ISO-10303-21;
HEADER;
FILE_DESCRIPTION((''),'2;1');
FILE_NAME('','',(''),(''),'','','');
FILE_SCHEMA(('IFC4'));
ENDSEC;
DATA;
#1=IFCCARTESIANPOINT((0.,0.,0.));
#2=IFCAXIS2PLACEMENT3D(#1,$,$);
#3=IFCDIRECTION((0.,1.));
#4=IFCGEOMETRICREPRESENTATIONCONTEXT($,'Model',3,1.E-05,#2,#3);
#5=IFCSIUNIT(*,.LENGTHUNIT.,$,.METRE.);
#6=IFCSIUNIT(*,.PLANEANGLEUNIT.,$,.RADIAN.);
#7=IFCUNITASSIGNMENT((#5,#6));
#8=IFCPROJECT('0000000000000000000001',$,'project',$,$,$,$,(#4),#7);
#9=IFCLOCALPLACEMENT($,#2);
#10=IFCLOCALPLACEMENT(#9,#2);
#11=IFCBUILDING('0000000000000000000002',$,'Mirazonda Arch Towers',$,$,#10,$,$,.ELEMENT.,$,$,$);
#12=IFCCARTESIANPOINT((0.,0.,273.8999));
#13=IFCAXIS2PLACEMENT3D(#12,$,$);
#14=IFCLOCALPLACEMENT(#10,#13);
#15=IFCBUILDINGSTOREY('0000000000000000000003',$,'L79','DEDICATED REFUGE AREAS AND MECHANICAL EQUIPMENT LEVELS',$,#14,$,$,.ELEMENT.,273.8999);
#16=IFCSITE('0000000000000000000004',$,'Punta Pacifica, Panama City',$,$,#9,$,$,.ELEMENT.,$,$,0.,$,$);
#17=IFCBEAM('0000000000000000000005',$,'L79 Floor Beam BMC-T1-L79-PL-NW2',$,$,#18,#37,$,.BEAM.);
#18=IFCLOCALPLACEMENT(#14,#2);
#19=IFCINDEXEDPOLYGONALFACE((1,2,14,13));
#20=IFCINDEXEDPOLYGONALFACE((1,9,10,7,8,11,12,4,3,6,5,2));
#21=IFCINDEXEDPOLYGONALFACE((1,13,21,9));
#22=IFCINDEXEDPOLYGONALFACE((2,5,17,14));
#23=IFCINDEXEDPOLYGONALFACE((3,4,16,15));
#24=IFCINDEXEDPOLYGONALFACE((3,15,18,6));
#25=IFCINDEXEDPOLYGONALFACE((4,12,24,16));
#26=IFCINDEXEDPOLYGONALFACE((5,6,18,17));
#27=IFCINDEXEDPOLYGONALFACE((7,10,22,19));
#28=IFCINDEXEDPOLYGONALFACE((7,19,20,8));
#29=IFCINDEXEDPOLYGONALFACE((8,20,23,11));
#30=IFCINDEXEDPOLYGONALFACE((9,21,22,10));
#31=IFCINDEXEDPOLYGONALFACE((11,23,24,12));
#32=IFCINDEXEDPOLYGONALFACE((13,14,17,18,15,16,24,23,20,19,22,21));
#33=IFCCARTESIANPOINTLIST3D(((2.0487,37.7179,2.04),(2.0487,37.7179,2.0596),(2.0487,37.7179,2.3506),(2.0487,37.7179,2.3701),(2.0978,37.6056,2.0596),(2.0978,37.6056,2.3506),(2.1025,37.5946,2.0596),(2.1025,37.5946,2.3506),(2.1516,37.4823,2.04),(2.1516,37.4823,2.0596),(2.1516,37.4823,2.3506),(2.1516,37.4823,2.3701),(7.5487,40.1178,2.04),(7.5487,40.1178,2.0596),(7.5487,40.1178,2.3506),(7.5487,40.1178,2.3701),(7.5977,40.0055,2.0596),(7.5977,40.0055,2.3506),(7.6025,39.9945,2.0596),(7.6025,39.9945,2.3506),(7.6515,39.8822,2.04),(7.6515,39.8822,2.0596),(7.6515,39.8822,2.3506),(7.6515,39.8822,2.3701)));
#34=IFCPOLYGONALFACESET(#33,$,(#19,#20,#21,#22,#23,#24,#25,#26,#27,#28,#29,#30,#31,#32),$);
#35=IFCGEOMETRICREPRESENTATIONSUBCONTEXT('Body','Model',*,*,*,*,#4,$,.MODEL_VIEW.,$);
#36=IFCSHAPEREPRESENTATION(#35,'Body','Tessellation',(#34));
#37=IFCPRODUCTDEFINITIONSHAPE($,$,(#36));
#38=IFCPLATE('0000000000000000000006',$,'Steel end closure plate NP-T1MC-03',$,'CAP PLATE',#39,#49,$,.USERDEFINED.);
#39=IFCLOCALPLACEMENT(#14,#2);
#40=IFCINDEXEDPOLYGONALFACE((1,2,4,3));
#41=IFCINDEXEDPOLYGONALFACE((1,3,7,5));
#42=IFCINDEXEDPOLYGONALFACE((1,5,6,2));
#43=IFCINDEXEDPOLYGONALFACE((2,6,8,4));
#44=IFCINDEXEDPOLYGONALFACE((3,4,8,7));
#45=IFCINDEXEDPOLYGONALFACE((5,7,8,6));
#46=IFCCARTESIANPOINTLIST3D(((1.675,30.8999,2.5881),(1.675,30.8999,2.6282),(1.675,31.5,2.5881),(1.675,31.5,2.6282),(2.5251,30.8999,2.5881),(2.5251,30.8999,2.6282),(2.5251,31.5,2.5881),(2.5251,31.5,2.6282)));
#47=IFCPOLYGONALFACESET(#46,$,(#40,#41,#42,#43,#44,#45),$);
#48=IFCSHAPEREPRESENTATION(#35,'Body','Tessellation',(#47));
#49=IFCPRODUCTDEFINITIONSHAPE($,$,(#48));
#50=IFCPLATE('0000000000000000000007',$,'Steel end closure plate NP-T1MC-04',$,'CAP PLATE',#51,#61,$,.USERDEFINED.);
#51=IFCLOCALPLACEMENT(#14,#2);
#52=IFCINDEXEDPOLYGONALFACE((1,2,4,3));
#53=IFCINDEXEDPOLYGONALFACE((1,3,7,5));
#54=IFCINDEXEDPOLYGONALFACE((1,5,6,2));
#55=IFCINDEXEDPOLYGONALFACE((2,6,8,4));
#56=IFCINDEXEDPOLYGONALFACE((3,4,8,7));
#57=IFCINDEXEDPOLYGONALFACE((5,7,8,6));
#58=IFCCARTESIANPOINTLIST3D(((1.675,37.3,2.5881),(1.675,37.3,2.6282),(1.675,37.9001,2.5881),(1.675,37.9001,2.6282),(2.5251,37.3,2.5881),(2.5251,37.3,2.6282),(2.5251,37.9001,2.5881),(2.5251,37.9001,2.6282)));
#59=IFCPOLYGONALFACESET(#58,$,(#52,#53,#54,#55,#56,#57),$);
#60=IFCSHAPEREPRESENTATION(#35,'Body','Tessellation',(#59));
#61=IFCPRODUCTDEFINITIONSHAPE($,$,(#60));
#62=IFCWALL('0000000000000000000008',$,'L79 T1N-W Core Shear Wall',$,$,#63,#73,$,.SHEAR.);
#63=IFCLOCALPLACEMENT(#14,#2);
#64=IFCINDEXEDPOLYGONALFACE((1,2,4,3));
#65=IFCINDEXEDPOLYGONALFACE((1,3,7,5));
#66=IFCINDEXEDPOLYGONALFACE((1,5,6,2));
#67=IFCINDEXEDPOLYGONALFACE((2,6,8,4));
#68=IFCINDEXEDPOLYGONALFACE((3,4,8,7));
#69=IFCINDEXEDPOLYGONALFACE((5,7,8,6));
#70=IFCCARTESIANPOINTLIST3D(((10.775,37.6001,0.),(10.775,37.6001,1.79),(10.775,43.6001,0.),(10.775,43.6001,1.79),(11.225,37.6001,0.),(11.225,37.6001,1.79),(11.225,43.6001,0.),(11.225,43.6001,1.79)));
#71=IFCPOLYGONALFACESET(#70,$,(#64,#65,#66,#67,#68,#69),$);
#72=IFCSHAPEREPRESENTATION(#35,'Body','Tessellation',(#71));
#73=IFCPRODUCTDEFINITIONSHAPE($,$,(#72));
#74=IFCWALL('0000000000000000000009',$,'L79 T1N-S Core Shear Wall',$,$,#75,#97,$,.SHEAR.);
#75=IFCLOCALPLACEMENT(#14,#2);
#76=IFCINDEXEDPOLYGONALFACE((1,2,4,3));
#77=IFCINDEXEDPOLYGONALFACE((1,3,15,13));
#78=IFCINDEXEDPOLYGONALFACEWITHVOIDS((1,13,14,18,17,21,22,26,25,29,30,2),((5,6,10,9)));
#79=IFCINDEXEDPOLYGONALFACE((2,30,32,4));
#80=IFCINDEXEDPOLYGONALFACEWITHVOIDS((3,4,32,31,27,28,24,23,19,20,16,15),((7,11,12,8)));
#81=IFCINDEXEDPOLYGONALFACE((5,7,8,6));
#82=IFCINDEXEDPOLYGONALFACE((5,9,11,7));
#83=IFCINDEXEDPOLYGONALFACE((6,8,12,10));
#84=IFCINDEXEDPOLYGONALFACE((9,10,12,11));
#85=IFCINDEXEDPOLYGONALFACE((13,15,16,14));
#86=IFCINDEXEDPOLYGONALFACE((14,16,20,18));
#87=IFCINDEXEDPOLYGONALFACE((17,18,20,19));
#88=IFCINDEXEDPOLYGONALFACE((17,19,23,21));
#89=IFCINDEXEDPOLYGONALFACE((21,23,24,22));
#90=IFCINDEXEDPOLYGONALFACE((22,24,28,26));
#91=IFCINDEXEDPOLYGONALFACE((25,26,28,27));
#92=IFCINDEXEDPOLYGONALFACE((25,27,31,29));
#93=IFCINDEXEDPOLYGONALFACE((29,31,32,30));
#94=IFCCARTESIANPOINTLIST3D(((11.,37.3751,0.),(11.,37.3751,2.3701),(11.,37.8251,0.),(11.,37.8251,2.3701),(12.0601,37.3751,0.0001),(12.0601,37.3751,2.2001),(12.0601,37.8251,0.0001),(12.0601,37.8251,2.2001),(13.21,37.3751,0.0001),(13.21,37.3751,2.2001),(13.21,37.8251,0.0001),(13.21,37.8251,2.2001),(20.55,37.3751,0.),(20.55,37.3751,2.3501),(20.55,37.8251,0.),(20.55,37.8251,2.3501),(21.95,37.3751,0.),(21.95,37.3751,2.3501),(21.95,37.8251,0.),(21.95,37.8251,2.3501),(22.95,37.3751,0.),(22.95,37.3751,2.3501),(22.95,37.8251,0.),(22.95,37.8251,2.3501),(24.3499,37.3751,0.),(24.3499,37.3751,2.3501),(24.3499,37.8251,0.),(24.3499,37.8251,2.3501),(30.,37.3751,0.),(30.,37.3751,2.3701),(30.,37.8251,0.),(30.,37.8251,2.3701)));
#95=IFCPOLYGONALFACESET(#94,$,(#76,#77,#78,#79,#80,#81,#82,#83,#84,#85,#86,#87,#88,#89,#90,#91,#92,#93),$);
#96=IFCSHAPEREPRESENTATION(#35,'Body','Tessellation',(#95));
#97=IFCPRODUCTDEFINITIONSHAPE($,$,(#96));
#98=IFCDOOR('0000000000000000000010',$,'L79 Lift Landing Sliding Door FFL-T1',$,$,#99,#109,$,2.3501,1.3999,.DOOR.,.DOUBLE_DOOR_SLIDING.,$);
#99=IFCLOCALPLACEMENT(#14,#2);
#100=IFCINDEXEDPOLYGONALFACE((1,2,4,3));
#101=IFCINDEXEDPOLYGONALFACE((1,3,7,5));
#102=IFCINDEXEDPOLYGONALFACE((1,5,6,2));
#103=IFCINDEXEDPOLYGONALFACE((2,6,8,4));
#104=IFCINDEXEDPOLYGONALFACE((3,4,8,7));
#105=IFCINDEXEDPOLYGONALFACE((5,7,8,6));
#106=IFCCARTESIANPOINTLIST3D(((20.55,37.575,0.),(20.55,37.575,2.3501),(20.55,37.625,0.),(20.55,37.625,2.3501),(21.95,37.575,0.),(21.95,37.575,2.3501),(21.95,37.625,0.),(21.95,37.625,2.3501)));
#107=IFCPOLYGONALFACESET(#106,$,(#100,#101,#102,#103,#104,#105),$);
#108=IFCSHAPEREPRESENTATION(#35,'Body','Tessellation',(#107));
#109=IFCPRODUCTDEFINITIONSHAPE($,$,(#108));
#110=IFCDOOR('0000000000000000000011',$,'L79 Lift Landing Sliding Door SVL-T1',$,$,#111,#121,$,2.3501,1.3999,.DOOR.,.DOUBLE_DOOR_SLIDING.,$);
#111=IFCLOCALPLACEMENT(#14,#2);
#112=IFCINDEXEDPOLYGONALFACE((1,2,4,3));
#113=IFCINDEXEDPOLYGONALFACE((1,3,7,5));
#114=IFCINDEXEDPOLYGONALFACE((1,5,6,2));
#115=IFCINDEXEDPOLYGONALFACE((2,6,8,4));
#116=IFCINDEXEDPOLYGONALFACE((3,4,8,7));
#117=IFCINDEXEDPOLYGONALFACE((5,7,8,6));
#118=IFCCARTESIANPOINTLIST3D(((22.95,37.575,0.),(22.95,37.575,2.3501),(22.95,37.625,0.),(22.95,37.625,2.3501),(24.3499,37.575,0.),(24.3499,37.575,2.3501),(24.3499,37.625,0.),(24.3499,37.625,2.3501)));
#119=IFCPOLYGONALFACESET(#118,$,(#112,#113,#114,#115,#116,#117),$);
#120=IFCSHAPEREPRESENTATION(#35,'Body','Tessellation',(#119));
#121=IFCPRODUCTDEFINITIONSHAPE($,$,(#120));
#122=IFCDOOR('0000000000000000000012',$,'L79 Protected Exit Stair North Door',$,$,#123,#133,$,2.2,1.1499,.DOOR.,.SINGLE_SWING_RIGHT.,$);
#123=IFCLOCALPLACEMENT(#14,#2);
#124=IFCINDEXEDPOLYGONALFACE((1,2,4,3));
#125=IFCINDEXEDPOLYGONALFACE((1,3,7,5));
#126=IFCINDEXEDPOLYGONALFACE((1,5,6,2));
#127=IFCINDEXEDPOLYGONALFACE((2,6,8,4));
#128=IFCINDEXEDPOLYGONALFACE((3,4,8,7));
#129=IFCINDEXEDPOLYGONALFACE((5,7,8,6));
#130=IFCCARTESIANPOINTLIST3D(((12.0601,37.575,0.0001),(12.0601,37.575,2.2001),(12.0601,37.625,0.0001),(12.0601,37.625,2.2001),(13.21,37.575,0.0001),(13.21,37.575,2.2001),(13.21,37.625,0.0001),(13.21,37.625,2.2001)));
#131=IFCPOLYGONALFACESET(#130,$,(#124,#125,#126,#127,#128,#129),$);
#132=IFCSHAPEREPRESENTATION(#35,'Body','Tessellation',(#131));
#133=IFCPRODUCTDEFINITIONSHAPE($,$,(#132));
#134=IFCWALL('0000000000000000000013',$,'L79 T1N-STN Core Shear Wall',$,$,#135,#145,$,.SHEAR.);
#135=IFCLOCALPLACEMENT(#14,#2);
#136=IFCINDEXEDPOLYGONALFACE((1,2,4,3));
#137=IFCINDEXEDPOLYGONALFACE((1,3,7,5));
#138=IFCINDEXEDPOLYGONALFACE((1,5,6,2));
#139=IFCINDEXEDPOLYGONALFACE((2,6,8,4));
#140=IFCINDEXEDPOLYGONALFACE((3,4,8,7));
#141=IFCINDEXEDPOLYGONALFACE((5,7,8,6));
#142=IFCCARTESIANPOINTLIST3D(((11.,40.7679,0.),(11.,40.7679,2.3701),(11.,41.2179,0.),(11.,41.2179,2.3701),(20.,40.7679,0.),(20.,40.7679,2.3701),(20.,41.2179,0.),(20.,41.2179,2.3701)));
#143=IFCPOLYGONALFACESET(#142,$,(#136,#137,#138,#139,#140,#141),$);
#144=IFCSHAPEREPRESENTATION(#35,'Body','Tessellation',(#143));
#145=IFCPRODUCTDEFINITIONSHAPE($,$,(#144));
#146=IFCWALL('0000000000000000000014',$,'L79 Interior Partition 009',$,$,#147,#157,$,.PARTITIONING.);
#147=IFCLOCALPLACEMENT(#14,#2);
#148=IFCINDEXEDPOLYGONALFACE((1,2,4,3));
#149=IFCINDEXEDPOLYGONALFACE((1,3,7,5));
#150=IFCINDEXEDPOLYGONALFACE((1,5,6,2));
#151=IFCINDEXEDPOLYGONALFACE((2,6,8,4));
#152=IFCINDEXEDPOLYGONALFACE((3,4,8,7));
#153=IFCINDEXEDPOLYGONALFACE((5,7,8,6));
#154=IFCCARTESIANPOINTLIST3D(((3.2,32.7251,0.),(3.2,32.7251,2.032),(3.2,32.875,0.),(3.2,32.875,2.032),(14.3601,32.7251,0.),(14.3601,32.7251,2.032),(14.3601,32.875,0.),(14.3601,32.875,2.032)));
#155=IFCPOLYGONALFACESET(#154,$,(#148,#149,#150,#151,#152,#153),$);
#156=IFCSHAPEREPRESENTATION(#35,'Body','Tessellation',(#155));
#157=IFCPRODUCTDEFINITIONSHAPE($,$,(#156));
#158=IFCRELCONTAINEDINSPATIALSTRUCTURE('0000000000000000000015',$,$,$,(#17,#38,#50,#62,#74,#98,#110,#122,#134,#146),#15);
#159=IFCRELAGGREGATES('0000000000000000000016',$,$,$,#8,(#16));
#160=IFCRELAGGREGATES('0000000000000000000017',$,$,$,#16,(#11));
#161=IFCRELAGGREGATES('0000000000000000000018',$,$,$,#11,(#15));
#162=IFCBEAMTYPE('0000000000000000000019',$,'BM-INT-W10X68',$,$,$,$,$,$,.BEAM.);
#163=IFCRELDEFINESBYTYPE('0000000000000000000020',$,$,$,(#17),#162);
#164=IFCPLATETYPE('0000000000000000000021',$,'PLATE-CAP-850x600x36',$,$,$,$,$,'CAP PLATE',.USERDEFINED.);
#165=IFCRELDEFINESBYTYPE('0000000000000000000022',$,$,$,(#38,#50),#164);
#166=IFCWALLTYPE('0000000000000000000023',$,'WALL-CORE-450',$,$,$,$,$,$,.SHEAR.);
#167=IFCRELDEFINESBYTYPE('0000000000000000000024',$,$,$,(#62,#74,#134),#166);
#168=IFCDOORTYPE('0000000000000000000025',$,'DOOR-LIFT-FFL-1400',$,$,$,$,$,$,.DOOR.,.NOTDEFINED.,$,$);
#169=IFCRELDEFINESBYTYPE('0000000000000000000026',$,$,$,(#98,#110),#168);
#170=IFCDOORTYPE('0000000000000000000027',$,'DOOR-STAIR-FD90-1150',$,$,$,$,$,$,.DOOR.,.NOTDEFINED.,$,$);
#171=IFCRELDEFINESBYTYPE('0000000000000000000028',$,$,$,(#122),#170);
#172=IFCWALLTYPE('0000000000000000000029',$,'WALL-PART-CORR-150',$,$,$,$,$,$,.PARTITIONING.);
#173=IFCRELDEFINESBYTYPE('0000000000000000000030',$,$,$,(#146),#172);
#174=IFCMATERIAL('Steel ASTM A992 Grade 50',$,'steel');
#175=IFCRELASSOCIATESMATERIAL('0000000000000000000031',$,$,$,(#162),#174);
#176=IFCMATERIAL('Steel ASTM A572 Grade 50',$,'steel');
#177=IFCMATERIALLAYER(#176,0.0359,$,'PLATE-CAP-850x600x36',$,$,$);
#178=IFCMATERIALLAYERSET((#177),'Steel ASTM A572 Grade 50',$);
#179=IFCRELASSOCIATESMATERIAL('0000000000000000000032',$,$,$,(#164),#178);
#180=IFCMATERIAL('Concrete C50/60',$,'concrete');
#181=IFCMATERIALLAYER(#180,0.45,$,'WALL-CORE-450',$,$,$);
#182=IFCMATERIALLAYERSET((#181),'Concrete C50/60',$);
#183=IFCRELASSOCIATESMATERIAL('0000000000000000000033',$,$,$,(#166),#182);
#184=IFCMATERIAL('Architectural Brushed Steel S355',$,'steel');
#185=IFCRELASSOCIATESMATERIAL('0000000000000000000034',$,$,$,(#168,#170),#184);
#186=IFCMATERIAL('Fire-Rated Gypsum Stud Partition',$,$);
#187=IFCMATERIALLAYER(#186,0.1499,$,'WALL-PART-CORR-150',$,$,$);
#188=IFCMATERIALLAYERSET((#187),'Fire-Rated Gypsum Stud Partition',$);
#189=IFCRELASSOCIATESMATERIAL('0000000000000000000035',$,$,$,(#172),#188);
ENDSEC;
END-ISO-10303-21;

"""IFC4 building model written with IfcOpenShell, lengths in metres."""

from ifc_helpers import new_model, si_unit, direction, frame, frame_2d, origin, origin_2d, place, context, subcontext, project, spatial, rectangle, i_section, extrude, material, layer, layer_set, material_profile, profile_set, type_object, element, fill, save


model = new_model("IFC4")

# Units and contexts
model_context = context("Model", 3, precision=1e-05, world=origin(), true_north=direction((0.0, 1.0)))
body_context = subcontext(model_context, "Body", "Model", "MODEL_VIEW")
ifc_project = project(units=[si_unit("LENGTHUNIT", "METRE"), si_unit("PLANEANGLEUNIT", "RADIAN")], contexts=[model_context])

# Site, building, storey
site_placement = place(None, origin())
site = spatial("IfcSite", under=ifc_project, at=site_placement, Name="Punta Pacifica, Panama City", CompositionType="ELEMENT", RefElevation=0.0)
building_placement = place(site_placement, origin())
building = spatial("IfcBuilding", under=site, at=building_placement, Name="Mirazonda Arch Towers", CompositionType="ELEMENT")
storey_placement = place(building_placement, frame((0.0, 0.0, 273.8999)))
storey = spatial("IfcBuildingStorey", under=building, at=storey_placement, Name="L79", Description="DEDICATED REFUGE AREAS AND MECHANICAL EQUIPMENT LEVELS", CompositionType="ELEMENT", Elevation=273.8999)

# Shared definitions
ifc_material_1 = material(Name="Concrete C50/60", Category="concrete")
ifc_material_2 = material(Name="Steel ASTM A572 Grade 50", Category="steel")

# Beam
ifc_material_3 = material(Name="Steel ASTM A992 Grade 50", Category="steel")
ifc_material_profile_1 = material_profile(ifc_material_3, i_section(OverallWidth=0.2571, OverallDepth=0.3301, WebThickness=0.012, FlangeThickness=0.0195, at=origin_2d()), Name="W10X68")
ifc_profile_set_1 = profile_set([ifc_material_profile_1], Name="Steel ASTM A992 Grade 50")
beam_type_1 = type_object("IfcBeamType", Name="BM-INT-W10X68", PredefinedType="BEAM", material=ifc_profile_set_1)
beam_1_placement = place(storey_placement, frame((7.6001, 40.0, 2.2051), z_axis=(-0.916545, -0.399931, 0.0), x_axis=(0.399931, -0.916545, 0.0)))
element("IfcBeam", 1, at=beam_1_placement, inside=storey, type_object=beam_type_1, Name="L79 Floor Beam BMC-T1-L79-PL-NW2", PredefinedType="BEAM", context=body_context, shape_type="SweptSolid", body=[
    extrude(i_section(OverallWidth=0.2571, OverallDepth=0.3301, WebThickness=0.012, FlangeThickness=0.0195, at=origin_2d()), origin(), (0.0, 0.0, 1.0), 6.0007),
])

# Plates
ifc_layer_1 = layer(ifc_material_2, 0.0359, Name="PLATE-CAP-850x600x36")
ifc_layer_set_1 = layer_set([ifc_layer_1], Name="Steel ASTM A572 Grade 50")
plate_type = type_object("IfcPlateType", Name="PLATE-CAP-850x600x36", ElementType="CAP PLATE", PredefinedType="USERDEFINED", material=ifc_layer_set_1)
for number, where, z_axis, x_axis, name in (
    (2, (2.1001, 31.2, 2.5881), (0.0, 0.0, 1.0), (1.0, 0.0, 0.0), "Steel end closure plate NP-T1MC-03"),
    (3, (2.1001, 37.6001, 2.5881), (0.0, 0.0, 1.0), (1.0, 0.0, 0.0), "Steel end closure plate NP-T1MC-04"),
):
    element("IfcPlate", number, at=place(storey_placement, frame(where, z_axis=z_axis, x_axis=x_axis)), inside=storey, type_object=plate_type, Name=name, ObjectType="CAP PLATE", PredefinedType="USERDEFINED", context=body_context, shape_type="SweptSolid", body=[
        extrude(rectangle(XDim=0.8501, YDim=0.6001, at=origin_2d()), origin(), (0.0, 0.0, 1.0), 0.04),
    ])

# Wall
ifc_layer_2 = layer(ifc_material_1, 0.45, Name="WALL-CORE-450")
ifc_layer_set_2 = layer_set([ifc_layer_2], Name="Concrete C50/60")
wall_type_1 = type_object("IfcWallType", Name="WALL-CORE-450", PredefinedType="SHEAR", material=ifc_layer_set_2)
wall_1_placement = place(storey_placement, frame((11.0, 37.6001, 0.0), z_axis=(0.0, 0.0, 1.0), x_axis=(0.0, 1.0, 0.0)))
element("IfcWall", 4, at=wall_1_placement, inside=storey, type_object=wall_type_1, Name="L79 T1N-W Core Shear Wall", PredefinedType="SHEAR", context=body_context, shape_type="SweptSolid", body=[
    extrude(rectangle(XDim=6.0, YDim=0.45, at=frame_2d((3.0, 0.0))), origin(), (0.0, 0.0, 1.0), 1.79),
])

# Wall, openings, doors
wall_2_placement = place(storey_placement, frame((11.0, 37.6001, 0.0), z_axis=(0.0, 0.0, 1.0), x_axis=(1.0, 0.0, 0.0)))
wall_2 = element("IfcWall", 5, at=wall_2_placement, inside=storey, type_object=wall_type_1, Name="L79 T1N-S Core Shear Wall", PredefinedType="SHEAR", context=body_context, shape_type="SweptSolid", body=[
    extrude(rectangle(XDim=19.0, YDim=0.45, at=frame_2d((9.5, 0.0))), origin(), (0.0, 0.0, 1.0), 2.3701),
])
opening_1_placement = place(wall_2_placement, frame((1.0601, 0.0, 0.0)))
opening_1 = element("IfcOpeningElement", 6, at=opening_1_placement, cuts=wall_2, PredefinedType="OPENING", context=body_context, shape_type="SweptSolid", body=[
    extrude(rectangle(XDim=1.1499, YDim=2.2, at=frame_2d((0.575, 1.1001))), frame((0.0, 0.2349, 0.0), z_axis=(0.0, -1.0, 0.0), x_axis=(1.0, 0.0, 0.0)), (0.0, 0.0, 1.0), 0.47),
])
opening_2_placement = place(wall_2_placement, frame((9.55, 0.0, 0.0)))
opening_2 = element("IfcOpeningElement", 7, at=opening_2_placement, cuts=wall_2, PredefinedType="OPENING", context=body_context, shape_type="SweptSolid", body=[
    extrude(rectangle(XDim=1.3999, YDim=2.3501, at=frame_2d((0.7, 1.175))), frame((0.0, 0.2349, 0.0), z_axis=(0.0, -1.0, 0.0), x_axis=(1.0, 0.0, 0.0)), (0.0, 0.0, 1.0), 0.47),
])
opening_3_placement = place(wall_2_placement, frame((11.95, 0.0, 0.0)))
opening_3 = element("IfcOpeningElement", 8, at=opening_3_placement, cuts=wall_2, PredefinedType="OPENING", context=body_context, shape_type="SweptSolid", body=[
    extrude(rectangle(XDim=1.3999, YDim=2.3501, at=frame_2d((0.7, 1.175))), frame((0.0, 0.2349, 0.0), z_axis=(0.0, -1.0, 0.0), x_axis=(1.0, 0.0, 0.0)), (0.0, 0.0, 1.0), 0.47),
])
ifc_material_4 = material(Name="Architectural Brushed Steel S355", Category="steel")
door_type_1 = type_object("IfcDoorType", Name="DOOR-LIFT-FFL-1400", OperationType="NOTDEFINED", PredefinedType="DOOR", material=ifc_material_4)
door_1_placement = place(opening_2_placement, origin())
door_1 = element("IfcDoor", 9, at=door_1_placement, inside=storey, type_object=door_type_1, Name="L79 Lift Landing Sliding Door FFL-T1", OperationType="DOUBLE_DOOR_SLIDING", OverallHeight=2.3501, OverallWidth=1.3999, PredefinedType="DOOR", context=body_context, shape_type="SweptSolid", body=[
    extrude(rectangle(XDim=1.3999, YDim=2.3501, at=frame_2d((0.7, 1.175))), frame((0.0, 0.0249, 0.0), z_axis=(0.0, -1.0, 0.0), x_axis=(1.0, 0.0, 0.0)), (0.0, 0.0, 1.0), 0.05),
])
fill(opening_2, door_1)
door_2_placement = place(opening_3_placement, origin())
door_2 = element("IfcDoor", 10, at=door_2_placement, inside=storey, type_object=door_type_1, Name="L79 Lift Landing Sliding Door SVL-T1", OperationType="DOUBLE_DOOR_SLIDING", OverallHeight=2.3501, OverallWidth=1.3999, PredefinedType="DOOR", context=body_context, shape_type="SweptSolid", body=[
    extrude(rectangle(XDim=1.3999, YDim=2.3501, at=frame_2d((0.7, 1.175))), frame((0.0, 0.0249, 0.0), z_axis=(0.0, -1.0, 0.0), x_axis=(1.0, 0.0, 0.0)), (0.0, 0.0, 1.0), 0.05),
])
fill(opening_3, door_2)
door_type_2 = type_object("IfcDoorType", Name="DOOR-STAIR-FD90-1150", OperationType="NOTDEFINED", PredefinedType="DOOR", material=ifc_material_4)
door_3_placement = place(opening_1_placement, origin())
door_3 = element("IfcDoor", 11, at=door_3_placement, inside=storey, type_object=door_type_2, Name="L79 Protected Exit Stair North Door", OperationType="SINGLE_SWING_RIGHT", OverallHeight=2.2, OverallWidth=1.1499, PredefinedType="DOOR", context=body_context, shape_type="SweptSolid", body=[
    extrude(rectangle(XDim=1.1499, YDim=2.2, at=frame_2d((0.575, 1.1001))), frame((0.0, 0.0249, 0.0), z_axis=(0.0, -1.0, 0.0), x_axis=(1.0, 0.0, 0.0)), (0.0, 0.0, 1.0), 0.05),
])
fill(opening_1, door_3)

# Walls
wall_3_placement = place(storey_placement, frame((11.0, 40.9929, 0.0), z_axis=(0.0, 0.0, 1.0), x_axis=(1.0, 0.0, 0.0)))
element("IfcWall", 12, at=wall_3_placement, inside=storey, type_object=wall_type_1, Name="L79 T1N-STN Core Shear Wall", PredefinedType="SHEAR", context=body_context, shape_type="SweptSolid", body=[
    extrude(rectangle(XDim=9.0, YDim=0.45, at=frame_2d((4.5, 0.0))), origin(), (0.0, 0.0, 1.0), 2.3701),
])
ifc_material_5 = material(Name="Fire-Rated Gypsum Stud Partition")
ifc_layer_3 = layer(ifc_material_5, 0.1499, Name="WALL-PART-CORR-150")
ifc_layer_set_3 = layer_set([ifc_layer_3], Name="Fire-Rated Gypsum Stud Partition")
wall_type_2 = type_object("IfcWallType", Name="WALL-PART-CORR-150", PredefinedType="PARTITIONING", material=ifc_layer_set_3)
wall_4_placement = place(storey_placement, frame((3.2, 32.8, 0.0), z_axis=(0.0, 0.0, 1.0), x_axis=(1.0, 0.0, 0.0)))
element("IfcWall", 13, at=wall_4_placement, inside=storey, type_object=wall_type_2, Name="L79 Interior Partition 009", PredefinedType="PARTITIONING", context=body_context, shape_type="SweptSolid", body=[
    extrude(rectangle(XDim=11.1602, YDim=0.1499, at=frame_2d((5.5801, 0.0))), origin(), (0.0, 0.0, 1.0), 2.032),
])

save(model, "model.ifc")
